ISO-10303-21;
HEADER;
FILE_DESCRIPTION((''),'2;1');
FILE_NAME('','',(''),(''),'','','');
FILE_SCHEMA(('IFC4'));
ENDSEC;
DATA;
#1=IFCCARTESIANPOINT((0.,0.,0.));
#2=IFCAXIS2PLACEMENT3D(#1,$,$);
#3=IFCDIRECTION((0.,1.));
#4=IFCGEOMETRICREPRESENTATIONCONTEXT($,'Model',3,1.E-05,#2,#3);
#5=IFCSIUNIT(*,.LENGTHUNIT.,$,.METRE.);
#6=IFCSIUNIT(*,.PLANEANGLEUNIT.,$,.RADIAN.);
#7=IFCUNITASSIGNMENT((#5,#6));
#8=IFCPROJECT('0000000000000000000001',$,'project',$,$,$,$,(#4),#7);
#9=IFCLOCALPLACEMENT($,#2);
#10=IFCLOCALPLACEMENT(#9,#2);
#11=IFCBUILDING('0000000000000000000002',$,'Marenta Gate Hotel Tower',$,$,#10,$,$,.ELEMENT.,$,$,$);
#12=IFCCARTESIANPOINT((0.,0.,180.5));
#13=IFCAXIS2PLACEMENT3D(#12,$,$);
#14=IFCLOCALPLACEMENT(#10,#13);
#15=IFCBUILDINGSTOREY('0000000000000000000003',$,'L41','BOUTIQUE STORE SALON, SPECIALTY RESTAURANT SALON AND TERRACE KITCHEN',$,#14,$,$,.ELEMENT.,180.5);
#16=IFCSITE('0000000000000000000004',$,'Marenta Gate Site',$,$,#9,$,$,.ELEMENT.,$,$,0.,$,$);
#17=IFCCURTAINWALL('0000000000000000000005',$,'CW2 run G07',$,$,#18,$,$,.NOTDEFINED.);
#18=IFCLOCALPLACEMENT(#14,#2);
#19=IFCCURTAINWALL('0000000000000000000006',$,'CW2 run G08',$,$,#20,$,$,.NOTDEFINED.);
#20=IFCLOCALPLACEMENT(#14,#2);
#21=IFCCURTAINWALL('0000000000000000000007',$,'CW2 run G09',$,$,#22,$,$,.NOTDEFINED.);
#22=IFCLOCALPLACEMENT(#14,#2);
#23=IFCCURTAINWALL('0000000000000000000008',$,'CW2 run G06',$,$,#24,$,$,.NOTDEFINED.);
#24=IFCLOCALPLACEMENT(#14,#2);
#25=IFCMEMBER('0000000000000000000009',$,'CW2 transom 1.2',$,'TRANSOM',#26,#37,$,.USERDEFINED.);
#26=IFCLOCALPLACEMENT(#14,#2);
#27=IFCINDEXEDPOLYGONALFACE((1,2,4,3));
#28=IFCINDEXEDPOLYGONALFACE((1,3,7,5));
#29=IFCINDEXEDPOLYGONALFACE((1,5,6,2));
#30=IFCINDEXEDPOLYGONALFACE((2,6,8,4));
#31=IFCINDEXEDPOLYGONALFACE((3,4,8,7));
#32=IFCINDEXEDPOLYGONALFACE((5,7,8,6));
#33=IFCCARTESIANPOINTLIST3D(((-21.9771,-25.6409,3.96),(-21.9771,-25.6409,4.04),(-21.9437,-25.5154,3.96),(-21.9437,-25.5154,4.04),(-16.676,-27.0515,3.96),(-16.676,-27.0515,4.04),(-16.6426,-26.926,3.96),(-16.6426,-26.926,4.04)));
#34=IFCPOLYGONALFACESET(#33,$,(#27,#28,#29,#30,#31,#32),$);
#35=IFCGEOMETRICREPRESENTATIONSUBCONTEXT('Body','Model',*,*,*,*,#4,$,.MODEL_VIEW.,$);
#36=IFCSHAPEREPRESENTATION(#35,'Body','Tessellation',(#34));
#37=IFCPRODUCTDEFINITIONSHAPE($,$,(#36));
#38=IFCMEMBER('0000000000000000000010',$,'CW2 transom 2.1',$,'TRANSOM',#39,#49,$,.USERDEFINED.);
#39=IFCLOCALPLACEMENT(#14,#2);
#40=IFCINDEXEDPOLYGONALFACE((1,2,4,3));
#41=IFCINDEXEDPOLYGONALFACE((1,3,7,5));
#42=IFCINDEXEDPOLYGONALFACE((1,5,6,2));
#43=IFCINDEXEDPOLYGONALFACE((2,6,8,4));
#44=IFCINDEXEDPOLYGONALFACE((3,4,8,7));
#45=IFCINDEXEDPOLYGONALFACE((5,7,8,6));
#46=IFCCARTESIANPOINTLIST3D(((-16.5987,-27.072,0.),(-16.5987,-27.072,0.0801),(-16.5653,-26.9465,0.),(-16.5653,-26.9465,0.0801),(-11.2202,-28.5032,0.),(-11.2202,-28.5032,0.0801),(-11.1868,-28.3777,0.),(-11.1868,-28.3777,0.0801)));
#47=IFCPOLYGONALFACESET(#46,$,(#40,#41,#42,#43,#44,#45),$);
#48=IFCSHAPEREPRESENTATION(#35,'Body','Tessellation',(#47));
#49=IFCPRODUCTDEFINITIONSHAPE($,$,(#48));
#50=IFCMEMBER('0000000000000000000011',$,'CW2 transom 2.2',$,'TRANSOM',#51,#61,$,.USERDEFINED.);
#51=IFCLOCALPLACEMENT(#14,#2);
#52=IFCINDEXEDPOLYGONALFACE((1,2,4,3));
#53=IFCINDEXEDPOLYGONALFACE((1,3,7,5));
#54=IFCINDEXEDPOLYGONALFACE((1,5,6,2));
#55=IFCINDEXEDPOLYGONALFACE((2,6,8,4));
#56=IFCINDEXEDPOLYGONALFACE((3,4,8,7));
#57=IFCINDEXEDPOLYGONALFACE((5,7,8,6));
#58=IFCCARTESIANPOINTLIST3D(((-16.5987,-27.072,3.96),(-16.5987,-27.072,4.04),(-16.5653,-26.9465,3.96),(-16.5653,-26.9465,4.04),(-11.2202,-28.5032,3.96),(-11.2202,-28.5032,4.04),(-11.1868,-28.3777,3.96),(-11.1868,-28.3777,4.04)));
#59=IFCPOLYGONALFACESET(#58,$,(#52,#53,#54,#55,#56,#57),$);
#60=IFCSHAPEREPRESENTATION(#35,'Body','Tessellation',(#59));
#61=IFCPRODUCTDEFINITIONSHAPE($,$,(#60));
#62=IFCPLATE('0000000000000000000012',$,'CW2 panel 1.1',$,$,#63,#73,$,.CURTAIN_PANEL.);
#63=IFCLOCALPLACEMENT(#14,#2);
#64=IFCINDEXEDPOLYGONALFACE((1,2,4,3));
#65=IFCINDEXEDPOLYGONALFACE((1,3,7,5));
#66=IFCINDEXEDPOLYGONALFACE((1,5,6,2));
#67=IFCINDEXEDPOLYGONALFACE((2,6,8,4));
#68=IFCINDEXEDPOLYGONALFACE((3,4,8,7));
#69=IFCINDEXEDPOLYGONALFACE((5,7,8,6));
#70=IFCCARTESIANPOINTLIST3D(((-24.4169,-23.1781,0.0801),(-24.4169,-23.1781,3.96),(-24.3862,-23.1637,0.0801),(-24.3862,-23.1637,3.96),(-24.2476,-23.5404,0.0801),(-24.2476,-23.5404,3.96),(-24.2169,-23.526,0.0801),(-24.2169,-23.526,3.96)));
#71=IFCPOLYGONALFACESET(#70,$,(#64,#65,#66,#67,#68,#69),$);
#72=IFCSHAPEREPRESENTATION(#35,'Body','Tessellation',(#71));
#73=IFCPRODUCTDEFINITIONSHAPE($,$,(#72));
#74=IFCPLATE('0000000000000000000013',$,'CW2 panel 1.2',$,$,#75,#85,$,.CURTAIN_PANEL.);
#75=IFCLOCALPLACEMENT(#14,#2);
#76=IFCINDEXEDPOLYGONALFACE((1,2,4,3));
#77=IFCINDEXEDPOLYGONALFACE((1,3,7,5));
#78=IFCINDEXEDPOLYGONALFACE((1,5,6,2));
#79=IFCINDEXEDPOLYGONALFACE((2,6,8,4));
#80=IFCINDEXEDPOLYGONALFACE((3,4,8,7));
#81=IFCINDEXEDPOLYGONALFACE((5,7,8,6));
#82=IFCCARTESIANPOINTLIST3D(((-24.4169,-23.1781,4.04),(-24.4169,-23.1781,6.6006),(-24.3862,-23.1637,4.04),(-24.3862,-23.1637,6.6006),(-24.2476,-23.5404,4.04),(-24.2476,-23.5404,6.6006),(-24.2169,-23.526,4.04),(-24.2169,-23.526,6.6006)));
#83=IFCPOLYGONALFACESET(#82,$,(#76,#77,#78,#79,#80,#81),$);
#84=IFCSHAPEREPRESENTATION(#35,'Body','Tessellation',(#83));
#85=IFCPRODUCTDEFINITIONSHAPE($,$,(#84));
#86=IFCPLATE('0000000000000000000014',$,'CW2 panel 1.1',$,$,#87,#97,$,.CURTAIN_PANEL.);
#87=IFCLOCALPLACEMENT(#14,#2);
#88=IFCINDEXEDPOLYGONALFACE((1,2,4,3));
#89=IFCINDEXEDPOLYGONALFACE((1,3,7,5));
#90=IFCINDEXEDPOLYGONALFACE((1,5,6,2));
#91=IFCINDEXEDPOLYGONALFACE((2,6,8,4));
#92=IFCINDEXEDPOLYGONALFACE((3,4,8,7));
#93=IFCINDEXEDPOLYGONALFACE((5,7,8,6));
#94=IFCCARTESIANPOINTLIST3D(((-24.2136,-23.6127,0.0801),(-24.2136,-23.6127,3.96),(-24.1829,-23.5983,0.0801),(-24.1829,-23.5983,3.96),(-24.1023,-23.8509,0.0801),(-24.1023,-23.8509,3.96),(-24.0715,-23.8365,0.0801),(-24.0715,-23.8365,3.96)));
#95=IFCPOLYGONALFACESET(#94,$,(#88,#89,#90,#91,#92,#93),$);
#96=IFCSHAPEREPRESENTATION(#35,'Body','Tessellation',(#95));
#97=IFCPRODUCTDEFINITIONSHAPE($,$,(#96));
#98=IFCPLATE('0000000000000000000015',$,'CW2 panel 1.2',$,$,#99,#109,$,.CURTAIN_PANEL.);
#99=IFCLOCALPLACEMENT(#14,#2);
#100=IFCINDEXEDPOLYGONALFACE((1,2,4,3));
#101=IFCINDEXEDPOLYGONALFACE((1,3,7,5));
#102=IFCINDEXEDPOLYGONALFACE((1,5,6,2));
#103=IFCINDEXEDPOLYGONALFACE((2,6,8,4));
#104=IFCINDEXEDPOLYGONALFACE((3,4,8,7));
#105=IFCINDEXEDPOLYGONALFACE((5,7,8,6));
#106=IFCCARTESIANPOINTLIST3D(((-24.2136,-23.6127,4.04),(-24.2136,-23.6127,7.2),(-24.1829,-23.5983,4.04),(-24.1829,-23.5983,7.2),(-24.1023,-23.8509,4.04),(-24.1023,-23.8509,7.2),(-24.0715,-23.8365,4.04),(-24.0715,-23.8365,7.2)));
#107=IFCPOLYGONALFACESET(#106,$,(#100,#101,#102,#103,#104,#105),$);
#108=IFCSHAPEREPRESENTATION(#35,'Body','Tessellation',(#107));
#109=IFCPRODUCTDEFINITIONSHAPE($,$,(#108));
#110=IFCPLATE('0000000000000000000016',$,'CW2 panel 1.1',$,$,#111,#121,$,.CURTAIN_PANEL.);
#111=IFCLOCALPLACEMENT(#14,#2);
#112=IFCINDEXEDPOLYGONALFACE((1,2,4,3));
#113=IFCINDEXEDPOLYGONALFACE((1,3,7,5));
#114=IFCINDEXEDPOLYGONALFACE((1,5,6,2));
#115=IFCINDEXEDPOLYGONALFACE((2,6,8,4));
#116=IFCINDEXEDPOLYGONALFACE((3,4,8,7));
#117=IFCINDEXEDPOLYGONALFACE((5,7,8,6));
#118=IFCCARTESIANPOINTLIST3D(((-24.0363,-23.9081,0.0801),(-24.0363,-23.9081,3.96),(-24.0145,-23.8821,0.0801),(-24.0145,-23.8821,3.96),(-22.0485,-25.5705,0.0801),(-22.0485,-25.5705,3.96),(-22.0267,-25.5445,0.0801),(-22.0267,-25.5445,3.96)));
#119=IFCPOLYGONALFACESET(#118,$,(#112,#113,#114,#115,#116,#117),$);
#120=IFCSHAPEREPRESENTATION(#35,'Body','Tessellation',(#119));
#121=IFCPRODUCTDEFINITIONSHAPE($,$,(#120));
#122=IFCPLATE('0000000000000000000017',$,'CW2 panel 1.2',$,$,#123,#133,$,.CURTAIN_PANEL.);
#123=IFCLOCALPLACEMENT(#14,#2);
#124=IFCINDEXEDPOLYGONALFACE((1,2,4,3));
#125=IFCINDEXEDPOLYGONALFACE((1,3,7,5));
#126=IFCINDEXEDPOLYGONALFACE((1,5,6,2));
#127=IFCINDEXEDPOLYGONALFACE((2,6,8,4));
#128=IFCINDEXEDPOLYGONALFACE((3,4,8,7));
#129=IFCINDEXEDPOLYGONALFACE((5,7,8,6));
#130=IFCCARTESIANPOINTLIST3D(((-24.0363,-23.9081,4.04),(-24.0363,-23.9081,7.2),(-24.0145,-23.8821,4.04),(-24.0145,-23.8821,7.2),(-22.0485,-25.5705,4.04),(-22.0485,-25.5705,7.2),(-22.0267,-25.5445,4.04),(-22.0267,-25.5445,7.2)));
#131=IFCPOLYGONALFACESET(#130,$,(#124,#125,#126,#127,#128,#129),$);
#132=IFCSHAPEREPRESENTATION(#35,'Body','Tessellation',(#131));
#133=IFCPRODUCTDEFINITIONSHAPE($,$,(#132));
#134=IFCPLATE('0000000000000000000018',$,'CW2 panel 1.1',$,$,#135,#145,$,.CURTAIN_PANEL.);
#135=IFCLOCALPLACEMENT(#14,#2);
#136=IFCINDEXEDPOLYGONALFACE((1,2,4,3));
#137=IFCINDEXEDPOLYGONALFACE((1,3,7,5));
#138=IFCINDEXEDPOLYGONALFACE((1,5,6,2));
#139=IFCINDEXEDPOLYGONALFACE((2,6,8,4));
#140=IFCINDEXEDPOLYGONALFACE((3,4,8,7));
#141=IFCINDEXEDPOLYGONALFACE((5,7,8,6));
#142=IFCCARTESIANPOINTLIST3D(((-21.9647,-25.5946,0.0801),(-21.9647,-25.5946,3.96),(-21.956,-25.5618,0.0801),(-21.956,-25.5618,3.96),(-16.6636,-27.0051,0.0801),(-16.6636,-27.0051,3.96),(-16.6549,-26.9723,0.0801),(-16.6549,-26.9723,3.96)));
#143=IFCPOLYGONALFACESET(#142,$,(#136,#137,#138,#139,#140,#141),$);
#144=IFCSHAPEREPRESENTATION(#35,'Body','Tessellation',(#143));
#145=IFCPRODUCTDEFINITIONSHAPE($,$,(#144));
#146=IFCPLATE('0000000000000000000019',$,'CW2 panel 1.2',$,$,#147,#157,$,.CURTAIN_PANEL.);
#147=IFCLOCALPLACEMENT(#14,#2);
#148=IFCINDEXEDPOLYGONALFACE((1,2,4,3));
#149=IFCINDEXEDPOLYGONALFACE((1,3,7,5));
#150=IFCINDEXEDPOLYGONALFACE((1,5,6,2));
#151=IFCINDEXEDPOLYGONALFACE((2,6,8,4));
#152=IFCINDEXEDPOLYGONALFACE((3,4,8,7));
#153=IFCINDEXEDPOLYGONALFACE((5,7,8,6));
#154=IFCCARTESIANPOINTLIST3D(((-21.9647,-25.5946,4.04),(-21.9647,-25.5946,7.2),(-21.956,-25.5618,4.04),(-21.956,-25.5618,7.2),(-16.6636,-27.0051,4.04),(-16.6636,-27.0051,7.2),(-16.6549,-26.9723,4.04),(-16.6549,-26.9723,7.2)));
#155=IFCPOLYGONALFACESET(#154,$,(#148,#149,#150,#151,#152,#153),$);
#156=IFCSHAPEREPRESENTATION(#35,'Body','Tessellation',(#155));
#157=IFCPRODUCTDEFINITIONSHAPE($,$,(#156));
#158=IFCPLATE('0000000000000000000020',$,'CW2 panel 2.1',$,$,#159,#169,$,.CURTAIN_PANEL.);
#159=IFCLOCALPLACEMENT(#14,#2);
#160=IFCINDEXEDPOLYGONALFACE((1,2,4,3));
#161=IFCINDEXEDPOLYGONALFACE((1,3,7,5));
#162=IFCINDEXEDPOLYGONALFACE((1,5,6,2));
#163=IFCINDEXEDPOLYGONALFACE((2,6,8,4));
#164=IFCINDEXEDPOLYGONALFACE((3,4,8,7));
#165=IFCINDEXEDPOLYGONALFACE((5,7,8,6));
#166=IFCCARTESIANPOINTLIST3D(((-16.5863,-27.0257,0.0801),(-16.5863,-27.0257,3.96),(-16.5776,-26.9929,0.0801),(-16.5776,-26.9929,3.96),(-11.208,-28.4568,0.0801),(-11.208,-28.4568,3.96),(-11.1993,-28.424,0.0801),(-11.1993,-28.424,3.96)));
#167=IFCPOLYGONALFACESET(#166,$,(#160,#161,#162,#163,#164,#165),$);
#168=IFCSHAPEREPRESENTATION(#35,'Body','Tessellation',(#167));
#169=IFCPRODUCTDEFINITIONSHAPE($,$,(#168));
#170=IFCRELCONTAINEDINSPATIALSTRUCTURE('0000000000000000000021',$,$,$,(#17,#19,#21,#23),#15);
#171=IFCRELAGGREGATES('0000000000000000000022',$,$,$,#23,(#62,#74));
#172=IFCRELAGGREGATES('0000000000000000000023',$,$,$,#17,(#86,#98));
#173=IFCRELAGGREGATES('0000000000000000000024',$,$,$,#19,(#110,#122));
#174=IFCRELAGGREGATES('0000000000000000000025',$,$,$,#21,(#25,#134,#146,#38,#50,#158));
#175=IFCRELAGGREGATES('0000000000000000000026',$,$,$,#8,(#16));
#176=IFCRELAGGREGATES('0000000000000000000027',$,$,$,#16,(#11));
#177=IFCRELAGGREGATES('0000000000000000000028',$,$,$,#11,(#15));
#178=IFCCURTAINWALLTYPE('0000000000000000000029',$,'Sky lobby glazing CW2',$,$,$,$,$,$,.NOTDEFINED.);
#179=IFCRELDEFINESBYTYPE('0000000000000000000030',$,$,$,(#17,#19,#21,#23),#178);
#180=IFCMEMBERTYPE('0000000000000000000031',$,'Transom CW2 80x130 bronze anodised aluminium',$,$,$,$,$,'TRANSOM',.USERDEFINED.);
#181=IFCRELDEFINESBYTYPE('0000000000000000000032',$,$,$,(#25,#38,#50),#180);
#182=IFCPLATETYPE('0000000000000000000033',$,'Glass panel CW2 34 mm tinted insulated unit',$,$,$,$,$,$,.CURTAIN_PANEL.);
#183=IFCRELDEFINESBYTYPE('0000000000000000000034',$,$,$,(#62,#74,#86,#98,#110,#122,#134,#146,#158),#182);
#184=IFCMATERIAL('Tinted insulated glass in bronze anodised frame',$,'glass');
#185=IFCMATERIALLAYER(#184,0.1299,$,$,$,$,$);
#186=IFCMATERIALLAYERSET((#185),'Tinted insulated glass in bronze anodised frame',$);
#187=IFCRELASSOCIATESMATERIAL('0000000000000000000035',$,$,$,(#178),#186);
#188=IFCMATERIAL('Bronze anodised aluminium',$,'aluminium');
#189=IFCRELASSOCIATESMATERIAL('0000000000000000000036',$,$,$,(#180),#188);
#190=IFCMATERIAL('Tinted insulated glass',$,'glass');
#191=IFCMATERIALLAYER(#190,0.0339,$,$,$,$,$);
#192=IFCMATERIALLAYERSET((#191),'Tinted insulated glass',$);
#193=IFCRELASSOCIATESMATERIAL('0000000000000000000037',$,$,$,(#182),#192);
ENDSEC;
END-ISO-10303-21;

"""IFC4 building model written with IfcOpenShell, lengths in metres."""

from ifc_helpers import new_model, si_unit, direction, frame, origin, origin_2d, place, context, subcontext, project, spatial, rectangle, extrude, material, layer, layer_set, material_profile, profile_set, type_object, element, aggregate, save


model = new_model("IFC4")

# Units and contexts
model_context = context("Model", 3, precision=1e-05, world=origin(), true_north=direction((0.0, 1.0)))
body_context = subcontext(model_context, "Body", "Model", "MODEL_VIEW")
ifc_project = project(units=[si_unit("LENGTHUNIT", "METRE"), si_unit("PLANEANGLEUNIT", "RADIAN")], contexts=[model_context])

# Site, building, storey
site_placement = place(None, origin())
site = spatial("IfcSite", under=ifc_project, at=site_placement, Name="Marenta Gate Site", CompositionType="ELEMENT", RefElevation=0.0)
building_placement = place(site_placement, origin())
building = spatial("IfcBuilding", under=site, at=building_placement, Name="Marenta Gate Hotel Tower", CompositionType="ELEMENT")
storey_placement = place(building_placement, frame((0.0, 0.0, 180.5)))
storey = spatial("IfcBuildingStorey", under=building, at=storey_placement, Name="L41", Description="BOUTIQUE STORE SALON, SPECIALTY RESTAURANT SALON AND TERRACE KITCHEN", CompositionType="ELEMENT", Elevation=180.5)

# Curtain walls
ifc_material_1 = material(Name="Tinted insulated glass in bronze anodised frame", Category="glass")
ifc_layer_1 = layer(ifc_material_1, 0.1299)
ifc_layer_set_1 = layer_set([ifc_layer_1], Name="Tinted insulated glass in bronze anodised frame")
curtain_wall_type = type_object("IfcCurtainWallType", Name="Sky lobby glazing CW2", PredefinedType="NOTDEFINED", material=ifc_layer_set_1)
curtain_wall_1_placement = place(storey_placement, origin())
curtain_wall_1 = element("IfcCurtainWall", 1, at=curtain_wall_1_placement, inside=storey, type_object=curtain_wall_type, Name="CW2 run G07", PredefinedType="NOTDEFINED")
curtain_wall_2_placement = place(storey_placement, origin())
curtain_wall_2 = element("IfcCurtainWall", 2, at=curtain_wall_2_placement, inside=storey, type_object=curtain_wall_type, Name="CW2 run G08", PredefinedType="NOTDEFINED")

# Curtain wall
curtain_wall_3_placement = place(storey_placement, origin())
curtain_wall_3 = element("IfcCurtainWall", 3, at=curtain_wall_3_placement, inside=storey, type_object=curtain_wall_type, Name="CW2 run G09", PredefinedType="NOTDEFINED")

# Curtain wall
curtain_wall_4_placement = place(storey_placement, origin())
curtain_wall_4 = element("IfcCurtainWall", 4, at=curtain_wall_4_placement, inside=storey, type_object=curtain_wall_type, Name="CW2 run G06", PredefinedType="NOTDEFINED")
ifc_material_2 = material(Name="Bronze anodised aluminium", Category="aluminium")
ifc_material_profile_1 = material_profile(ifc_material_2, rectangle(XDim=0.1299, YDim=0.0801, at=origin_2d()), Name="Transom CW2 80x130 bronze anodised aluminium")
ifc_profile_set_1 = profile_set([ifc_material_profile_1], Name="Bronze anodised aluminium")
member_type_1 = type_object("IfcMemberType", Name="Transom CW2 80x130 bronze anodised aluminium", ElementType="TRANSOM", PredefinedType="USERDEFINED", material=ifc_profile_set_1)

# Members
member_1_placement = place(storey_placement, frame((-21.9604, -25.5781, 4.0), z_axis=(0.966369, -0.257158, 0.0), x_axis=(0.257158, 0.966369, 0.0)))
member_1 = element("IfcMember", 5, at=member_1_placement, type_object=member_type_1, Name="CW2 transom 1.2", ObjectType="TRANSOM", PredefinedType="USERDEFINED", context=body_context, shape_type="SweptSolid", body=[
    extrude(rectangle(XDim=0.1299, YDim=0.0801, at=origin_2d()), origin(), (0.0, 0.0, 1.0), 5.4856),
])
member_2_placement = place(storey_placement, frame((-16.582, -27.0093, 0.04), z_axis=(0.966373, -0.257144, 0.0), x_axis=(0.257144, 0.966373, 0.0)))
member_2 = element("IfcMember", 6, at=member_2_placement, type_object=member_type_1, Name="CW2 transom 2.1", ObjectType="TRANSOM", PredefinedType="USERDEFINED", context=body_context, shape_type="SweptSolid", body=[
    extrude(rectangle(XDim=0.1299, YDim=0.0801, at=origin_2d()), origin(), (0.0, 0.0, 1.0), 5.5657),
])
member_3_placement = place(storey_placement, frame((-16.582, -27.0093, 4.0), z_axis=(0.966373, -0.257144, 0.0), x_axis=(0.257144, 0.966373, 0.0)))
member_3 = element("IfcMember", 7, at=member_3_placement, type_object=member_type_1, Name="CW2 transom 2.2", ObjectType="TRANSOM", PredefinedType="USERDEFINED", context=body_context, shape_type="SweptSolid", body=[
    extrude(rectangle(XDim=0.1299, YDim=0.0801, at=origin_2d()), origin(), (0.0, 0.0, 1.0), 5.5657),
])

# Plates
ifc_material_3 = material(Name="Tinted insulated glass", Category="glass")
ifc_layer_2 = layer(ifc_material_3, 0.0339)
ifc_layer_set_2 = layer_set([ifc_layer_2], Name="Tinted insulated glass")
plate_type = type_object("IfcPlateType", Name="Glass panel CW2 34 mm tinted insulated unit", PredefinedType="CURTAIN_PANEL", material=ifc_layer_set_2)
plate_1_placement = place(storey_placement, frame((-24.3169, -23.3521, 0.0801), z_axis=(0.0, 0.0, 1.0), x_axis=(0.423387, -0.905949, 0.0)))
plate_1 = element("IfcPlate", 8, at=plate_1_placement, type_object=plate_type, Name="CW2 panel 1.1", PredefinedType="CURTAIN_PANEL", context=body_context, shape_type="SweptSolid", body=[
    extrude(rectangle(XDim=0.3999, YDim=0.0339, at=origin_2d()), origin(), (0.0, 0.0, 1.0), 3.8799),
])
plate_2_placement = place(storey_placement, frame((-24.3169, -23.3521, 4.04), z_axis=(0.0, 0.0, 1.0), x_axis=(0.423387, -0.905949, 0.0)))
plate_2 = element("IfcPlate", 9, at=plate_2_placement, type_object=plate_type, Name="CW2 panel 1.2", PredefinedType="CURTAIN_PANEL", context=body_context, shape_type="SweptSolid", body=[
    extrude(rectangle(XDim=0.3999, YDim=0.0339, at=origin_2d()), origin(), (0.0, 0.0, 1.0), 2.5605),
])
aggregate(curtain_wall_4, [plate_1, plate_2])
plate_3_placement = place(storey_placement, frame((-24.1426, -23.7246, 0.0801), z_axis=(0.0, 0.0, 1.0), x_axis=(0.423492, -0.9059, 0.0)))
plate_3 = element("IfcPlate", 10, at=plate_3_placement, type_object=plate_type, Name="CW2 panel 1.1", PredefinedType="CURTAIN_PANEL", context=body_context, shape_type="SweptSolid", body=[
    extrude(rectangle(XDim=0.2629, YDim=0.0339, at=origin_2d()), origin(), (0.0, 0.0, 1.0), 3.8799),
])
plate_4_placement = place(storey_placement, frame((-24.1426, -23.7246, 4.04), z_axis=(0.0, 0.0, 1.0), x_axis=(0.423492, -0.9059, 0.0)))
plate_4 = element("IfcPlate", 11, at=plate_4_placement, type_object=plate_type, Name="CW2 panel 1.2", PredefinedType="CURTAIN_PANEL", context=body_context, shape_type="SweptSolid", body=[
    extrude(rectangle(XDim=0.2629, YDim=0.0339, at=origin_2d()), origin(), (0.0, 0.0, 1.0), 3.1599),
])
aggregate(curtain_wall_1, [plate_3, plate_4])
plate_5_placement = place(storey_placement, frame((-23.0315, -24.7263, 0.0801), z_axis=(0.0, 0.0, 1.0), x_axis=(0.767091, -0.641538, 0.0)))
plate_5 = element("IfcPlate", 12, at=plate_5_placement, type_object=plate_type, Name="CW2 panel 1.1", PredefinedType="CURTAIN_PANEL", context=body_context, shape_type="SweptSolid", body=[
    extrude(rectangle(XDim=2.5913, YDim=0.0339, at=origin_2d()), origin(), (0.0, 0.0, 1.0), 3.8799),
])
plate_6_placement = place(storey_placement, frame((-23.0315, -24.7263, 4.04), z_axis=(0.0, 0.0, 1.0), x_axis=(0.767091, -0.641538, 0.0)))
plate_6 = element("IfcPlate", 13, at=plate_6_placement, type_object=plate_type, Name="CW2 panel 1.2", PredefinedType="CURTAIN_PANEL", context=body_context, shape_type="SweptSolid", body=[
    extrude(rectangle(XDim=2.5913, YDim=0.0339, at=origin_2d()), origin(), (0.0, 0.0, 1.0), 3.1599),
])
aggregate(curtain_wall_2, [plate_5, plate_6])
plate_7_placement = place(storey_placement, frame((-19.3098, -26.2834, 0.0801), z_axis=(0.0, 0.0, 1.0), x_axis=(0.966375, -0.257139, 0.0)))
plate_7 = element("IfcPlate", 14, at=plate_7_placement, type_object=plate_type, Name="CW2 panel 1.1", PredefinedType="CURTAIN_PANEL", context=body_context, shape_type="SweptSolid", body=[
    extrude(rectangle(XDim=5.4856, YDim=0.0339, at=origin_2d()), origin(), (0.0, 0.0, 1.0), 3.8799),
])
plate_8_placement = place(storey_placement, frame((-19.3098, -26.2834, 4.04), z_axis=(0.0, 0.0, 1.0), x_axis=(0.966375, -0.257139, 0.0)))
plate_8 = element("IfcPlate", 15, at=plate_8_placement, type_object=plate_type, Name="CW2 panel 1.2", PredefinedType="CURTAIN_PANEL", context=body_context, shape_type="SweptSolid", body=[
    extrude(rectangle(XDim=5.4856, YDim=0.0339, at=origin_2d()), origin(), (0.0, 0.0, 1.0), 3.1599),
])
plate_9_placement = place(storey_placement, frame((-13.8928, -27.7249, 0.0801), z_axis=(0.0, 0.0, 1.0), x_axis=(0.966375, -0.257139, 0.0)))
plate_9 = element("IfcPlate", 16, at=plate_9_placement, type_object=plate_type, Name="CW2 panel 2.1", PredefinedType="CURTAIN_PANEL", context=body_context, shape_type="SweptSolid", body=[
    extrude(rectangle(XDim=5.5654, YDim=0.0339, at=origin_2d()), origin(), (0.0, 0.0, 1.0), 3.8799),
])
aggregate(curtain_wall_3, [member_1, plate_7, plate_8, member_2, member_3, plate_9])

save(model, "model.ifc")
